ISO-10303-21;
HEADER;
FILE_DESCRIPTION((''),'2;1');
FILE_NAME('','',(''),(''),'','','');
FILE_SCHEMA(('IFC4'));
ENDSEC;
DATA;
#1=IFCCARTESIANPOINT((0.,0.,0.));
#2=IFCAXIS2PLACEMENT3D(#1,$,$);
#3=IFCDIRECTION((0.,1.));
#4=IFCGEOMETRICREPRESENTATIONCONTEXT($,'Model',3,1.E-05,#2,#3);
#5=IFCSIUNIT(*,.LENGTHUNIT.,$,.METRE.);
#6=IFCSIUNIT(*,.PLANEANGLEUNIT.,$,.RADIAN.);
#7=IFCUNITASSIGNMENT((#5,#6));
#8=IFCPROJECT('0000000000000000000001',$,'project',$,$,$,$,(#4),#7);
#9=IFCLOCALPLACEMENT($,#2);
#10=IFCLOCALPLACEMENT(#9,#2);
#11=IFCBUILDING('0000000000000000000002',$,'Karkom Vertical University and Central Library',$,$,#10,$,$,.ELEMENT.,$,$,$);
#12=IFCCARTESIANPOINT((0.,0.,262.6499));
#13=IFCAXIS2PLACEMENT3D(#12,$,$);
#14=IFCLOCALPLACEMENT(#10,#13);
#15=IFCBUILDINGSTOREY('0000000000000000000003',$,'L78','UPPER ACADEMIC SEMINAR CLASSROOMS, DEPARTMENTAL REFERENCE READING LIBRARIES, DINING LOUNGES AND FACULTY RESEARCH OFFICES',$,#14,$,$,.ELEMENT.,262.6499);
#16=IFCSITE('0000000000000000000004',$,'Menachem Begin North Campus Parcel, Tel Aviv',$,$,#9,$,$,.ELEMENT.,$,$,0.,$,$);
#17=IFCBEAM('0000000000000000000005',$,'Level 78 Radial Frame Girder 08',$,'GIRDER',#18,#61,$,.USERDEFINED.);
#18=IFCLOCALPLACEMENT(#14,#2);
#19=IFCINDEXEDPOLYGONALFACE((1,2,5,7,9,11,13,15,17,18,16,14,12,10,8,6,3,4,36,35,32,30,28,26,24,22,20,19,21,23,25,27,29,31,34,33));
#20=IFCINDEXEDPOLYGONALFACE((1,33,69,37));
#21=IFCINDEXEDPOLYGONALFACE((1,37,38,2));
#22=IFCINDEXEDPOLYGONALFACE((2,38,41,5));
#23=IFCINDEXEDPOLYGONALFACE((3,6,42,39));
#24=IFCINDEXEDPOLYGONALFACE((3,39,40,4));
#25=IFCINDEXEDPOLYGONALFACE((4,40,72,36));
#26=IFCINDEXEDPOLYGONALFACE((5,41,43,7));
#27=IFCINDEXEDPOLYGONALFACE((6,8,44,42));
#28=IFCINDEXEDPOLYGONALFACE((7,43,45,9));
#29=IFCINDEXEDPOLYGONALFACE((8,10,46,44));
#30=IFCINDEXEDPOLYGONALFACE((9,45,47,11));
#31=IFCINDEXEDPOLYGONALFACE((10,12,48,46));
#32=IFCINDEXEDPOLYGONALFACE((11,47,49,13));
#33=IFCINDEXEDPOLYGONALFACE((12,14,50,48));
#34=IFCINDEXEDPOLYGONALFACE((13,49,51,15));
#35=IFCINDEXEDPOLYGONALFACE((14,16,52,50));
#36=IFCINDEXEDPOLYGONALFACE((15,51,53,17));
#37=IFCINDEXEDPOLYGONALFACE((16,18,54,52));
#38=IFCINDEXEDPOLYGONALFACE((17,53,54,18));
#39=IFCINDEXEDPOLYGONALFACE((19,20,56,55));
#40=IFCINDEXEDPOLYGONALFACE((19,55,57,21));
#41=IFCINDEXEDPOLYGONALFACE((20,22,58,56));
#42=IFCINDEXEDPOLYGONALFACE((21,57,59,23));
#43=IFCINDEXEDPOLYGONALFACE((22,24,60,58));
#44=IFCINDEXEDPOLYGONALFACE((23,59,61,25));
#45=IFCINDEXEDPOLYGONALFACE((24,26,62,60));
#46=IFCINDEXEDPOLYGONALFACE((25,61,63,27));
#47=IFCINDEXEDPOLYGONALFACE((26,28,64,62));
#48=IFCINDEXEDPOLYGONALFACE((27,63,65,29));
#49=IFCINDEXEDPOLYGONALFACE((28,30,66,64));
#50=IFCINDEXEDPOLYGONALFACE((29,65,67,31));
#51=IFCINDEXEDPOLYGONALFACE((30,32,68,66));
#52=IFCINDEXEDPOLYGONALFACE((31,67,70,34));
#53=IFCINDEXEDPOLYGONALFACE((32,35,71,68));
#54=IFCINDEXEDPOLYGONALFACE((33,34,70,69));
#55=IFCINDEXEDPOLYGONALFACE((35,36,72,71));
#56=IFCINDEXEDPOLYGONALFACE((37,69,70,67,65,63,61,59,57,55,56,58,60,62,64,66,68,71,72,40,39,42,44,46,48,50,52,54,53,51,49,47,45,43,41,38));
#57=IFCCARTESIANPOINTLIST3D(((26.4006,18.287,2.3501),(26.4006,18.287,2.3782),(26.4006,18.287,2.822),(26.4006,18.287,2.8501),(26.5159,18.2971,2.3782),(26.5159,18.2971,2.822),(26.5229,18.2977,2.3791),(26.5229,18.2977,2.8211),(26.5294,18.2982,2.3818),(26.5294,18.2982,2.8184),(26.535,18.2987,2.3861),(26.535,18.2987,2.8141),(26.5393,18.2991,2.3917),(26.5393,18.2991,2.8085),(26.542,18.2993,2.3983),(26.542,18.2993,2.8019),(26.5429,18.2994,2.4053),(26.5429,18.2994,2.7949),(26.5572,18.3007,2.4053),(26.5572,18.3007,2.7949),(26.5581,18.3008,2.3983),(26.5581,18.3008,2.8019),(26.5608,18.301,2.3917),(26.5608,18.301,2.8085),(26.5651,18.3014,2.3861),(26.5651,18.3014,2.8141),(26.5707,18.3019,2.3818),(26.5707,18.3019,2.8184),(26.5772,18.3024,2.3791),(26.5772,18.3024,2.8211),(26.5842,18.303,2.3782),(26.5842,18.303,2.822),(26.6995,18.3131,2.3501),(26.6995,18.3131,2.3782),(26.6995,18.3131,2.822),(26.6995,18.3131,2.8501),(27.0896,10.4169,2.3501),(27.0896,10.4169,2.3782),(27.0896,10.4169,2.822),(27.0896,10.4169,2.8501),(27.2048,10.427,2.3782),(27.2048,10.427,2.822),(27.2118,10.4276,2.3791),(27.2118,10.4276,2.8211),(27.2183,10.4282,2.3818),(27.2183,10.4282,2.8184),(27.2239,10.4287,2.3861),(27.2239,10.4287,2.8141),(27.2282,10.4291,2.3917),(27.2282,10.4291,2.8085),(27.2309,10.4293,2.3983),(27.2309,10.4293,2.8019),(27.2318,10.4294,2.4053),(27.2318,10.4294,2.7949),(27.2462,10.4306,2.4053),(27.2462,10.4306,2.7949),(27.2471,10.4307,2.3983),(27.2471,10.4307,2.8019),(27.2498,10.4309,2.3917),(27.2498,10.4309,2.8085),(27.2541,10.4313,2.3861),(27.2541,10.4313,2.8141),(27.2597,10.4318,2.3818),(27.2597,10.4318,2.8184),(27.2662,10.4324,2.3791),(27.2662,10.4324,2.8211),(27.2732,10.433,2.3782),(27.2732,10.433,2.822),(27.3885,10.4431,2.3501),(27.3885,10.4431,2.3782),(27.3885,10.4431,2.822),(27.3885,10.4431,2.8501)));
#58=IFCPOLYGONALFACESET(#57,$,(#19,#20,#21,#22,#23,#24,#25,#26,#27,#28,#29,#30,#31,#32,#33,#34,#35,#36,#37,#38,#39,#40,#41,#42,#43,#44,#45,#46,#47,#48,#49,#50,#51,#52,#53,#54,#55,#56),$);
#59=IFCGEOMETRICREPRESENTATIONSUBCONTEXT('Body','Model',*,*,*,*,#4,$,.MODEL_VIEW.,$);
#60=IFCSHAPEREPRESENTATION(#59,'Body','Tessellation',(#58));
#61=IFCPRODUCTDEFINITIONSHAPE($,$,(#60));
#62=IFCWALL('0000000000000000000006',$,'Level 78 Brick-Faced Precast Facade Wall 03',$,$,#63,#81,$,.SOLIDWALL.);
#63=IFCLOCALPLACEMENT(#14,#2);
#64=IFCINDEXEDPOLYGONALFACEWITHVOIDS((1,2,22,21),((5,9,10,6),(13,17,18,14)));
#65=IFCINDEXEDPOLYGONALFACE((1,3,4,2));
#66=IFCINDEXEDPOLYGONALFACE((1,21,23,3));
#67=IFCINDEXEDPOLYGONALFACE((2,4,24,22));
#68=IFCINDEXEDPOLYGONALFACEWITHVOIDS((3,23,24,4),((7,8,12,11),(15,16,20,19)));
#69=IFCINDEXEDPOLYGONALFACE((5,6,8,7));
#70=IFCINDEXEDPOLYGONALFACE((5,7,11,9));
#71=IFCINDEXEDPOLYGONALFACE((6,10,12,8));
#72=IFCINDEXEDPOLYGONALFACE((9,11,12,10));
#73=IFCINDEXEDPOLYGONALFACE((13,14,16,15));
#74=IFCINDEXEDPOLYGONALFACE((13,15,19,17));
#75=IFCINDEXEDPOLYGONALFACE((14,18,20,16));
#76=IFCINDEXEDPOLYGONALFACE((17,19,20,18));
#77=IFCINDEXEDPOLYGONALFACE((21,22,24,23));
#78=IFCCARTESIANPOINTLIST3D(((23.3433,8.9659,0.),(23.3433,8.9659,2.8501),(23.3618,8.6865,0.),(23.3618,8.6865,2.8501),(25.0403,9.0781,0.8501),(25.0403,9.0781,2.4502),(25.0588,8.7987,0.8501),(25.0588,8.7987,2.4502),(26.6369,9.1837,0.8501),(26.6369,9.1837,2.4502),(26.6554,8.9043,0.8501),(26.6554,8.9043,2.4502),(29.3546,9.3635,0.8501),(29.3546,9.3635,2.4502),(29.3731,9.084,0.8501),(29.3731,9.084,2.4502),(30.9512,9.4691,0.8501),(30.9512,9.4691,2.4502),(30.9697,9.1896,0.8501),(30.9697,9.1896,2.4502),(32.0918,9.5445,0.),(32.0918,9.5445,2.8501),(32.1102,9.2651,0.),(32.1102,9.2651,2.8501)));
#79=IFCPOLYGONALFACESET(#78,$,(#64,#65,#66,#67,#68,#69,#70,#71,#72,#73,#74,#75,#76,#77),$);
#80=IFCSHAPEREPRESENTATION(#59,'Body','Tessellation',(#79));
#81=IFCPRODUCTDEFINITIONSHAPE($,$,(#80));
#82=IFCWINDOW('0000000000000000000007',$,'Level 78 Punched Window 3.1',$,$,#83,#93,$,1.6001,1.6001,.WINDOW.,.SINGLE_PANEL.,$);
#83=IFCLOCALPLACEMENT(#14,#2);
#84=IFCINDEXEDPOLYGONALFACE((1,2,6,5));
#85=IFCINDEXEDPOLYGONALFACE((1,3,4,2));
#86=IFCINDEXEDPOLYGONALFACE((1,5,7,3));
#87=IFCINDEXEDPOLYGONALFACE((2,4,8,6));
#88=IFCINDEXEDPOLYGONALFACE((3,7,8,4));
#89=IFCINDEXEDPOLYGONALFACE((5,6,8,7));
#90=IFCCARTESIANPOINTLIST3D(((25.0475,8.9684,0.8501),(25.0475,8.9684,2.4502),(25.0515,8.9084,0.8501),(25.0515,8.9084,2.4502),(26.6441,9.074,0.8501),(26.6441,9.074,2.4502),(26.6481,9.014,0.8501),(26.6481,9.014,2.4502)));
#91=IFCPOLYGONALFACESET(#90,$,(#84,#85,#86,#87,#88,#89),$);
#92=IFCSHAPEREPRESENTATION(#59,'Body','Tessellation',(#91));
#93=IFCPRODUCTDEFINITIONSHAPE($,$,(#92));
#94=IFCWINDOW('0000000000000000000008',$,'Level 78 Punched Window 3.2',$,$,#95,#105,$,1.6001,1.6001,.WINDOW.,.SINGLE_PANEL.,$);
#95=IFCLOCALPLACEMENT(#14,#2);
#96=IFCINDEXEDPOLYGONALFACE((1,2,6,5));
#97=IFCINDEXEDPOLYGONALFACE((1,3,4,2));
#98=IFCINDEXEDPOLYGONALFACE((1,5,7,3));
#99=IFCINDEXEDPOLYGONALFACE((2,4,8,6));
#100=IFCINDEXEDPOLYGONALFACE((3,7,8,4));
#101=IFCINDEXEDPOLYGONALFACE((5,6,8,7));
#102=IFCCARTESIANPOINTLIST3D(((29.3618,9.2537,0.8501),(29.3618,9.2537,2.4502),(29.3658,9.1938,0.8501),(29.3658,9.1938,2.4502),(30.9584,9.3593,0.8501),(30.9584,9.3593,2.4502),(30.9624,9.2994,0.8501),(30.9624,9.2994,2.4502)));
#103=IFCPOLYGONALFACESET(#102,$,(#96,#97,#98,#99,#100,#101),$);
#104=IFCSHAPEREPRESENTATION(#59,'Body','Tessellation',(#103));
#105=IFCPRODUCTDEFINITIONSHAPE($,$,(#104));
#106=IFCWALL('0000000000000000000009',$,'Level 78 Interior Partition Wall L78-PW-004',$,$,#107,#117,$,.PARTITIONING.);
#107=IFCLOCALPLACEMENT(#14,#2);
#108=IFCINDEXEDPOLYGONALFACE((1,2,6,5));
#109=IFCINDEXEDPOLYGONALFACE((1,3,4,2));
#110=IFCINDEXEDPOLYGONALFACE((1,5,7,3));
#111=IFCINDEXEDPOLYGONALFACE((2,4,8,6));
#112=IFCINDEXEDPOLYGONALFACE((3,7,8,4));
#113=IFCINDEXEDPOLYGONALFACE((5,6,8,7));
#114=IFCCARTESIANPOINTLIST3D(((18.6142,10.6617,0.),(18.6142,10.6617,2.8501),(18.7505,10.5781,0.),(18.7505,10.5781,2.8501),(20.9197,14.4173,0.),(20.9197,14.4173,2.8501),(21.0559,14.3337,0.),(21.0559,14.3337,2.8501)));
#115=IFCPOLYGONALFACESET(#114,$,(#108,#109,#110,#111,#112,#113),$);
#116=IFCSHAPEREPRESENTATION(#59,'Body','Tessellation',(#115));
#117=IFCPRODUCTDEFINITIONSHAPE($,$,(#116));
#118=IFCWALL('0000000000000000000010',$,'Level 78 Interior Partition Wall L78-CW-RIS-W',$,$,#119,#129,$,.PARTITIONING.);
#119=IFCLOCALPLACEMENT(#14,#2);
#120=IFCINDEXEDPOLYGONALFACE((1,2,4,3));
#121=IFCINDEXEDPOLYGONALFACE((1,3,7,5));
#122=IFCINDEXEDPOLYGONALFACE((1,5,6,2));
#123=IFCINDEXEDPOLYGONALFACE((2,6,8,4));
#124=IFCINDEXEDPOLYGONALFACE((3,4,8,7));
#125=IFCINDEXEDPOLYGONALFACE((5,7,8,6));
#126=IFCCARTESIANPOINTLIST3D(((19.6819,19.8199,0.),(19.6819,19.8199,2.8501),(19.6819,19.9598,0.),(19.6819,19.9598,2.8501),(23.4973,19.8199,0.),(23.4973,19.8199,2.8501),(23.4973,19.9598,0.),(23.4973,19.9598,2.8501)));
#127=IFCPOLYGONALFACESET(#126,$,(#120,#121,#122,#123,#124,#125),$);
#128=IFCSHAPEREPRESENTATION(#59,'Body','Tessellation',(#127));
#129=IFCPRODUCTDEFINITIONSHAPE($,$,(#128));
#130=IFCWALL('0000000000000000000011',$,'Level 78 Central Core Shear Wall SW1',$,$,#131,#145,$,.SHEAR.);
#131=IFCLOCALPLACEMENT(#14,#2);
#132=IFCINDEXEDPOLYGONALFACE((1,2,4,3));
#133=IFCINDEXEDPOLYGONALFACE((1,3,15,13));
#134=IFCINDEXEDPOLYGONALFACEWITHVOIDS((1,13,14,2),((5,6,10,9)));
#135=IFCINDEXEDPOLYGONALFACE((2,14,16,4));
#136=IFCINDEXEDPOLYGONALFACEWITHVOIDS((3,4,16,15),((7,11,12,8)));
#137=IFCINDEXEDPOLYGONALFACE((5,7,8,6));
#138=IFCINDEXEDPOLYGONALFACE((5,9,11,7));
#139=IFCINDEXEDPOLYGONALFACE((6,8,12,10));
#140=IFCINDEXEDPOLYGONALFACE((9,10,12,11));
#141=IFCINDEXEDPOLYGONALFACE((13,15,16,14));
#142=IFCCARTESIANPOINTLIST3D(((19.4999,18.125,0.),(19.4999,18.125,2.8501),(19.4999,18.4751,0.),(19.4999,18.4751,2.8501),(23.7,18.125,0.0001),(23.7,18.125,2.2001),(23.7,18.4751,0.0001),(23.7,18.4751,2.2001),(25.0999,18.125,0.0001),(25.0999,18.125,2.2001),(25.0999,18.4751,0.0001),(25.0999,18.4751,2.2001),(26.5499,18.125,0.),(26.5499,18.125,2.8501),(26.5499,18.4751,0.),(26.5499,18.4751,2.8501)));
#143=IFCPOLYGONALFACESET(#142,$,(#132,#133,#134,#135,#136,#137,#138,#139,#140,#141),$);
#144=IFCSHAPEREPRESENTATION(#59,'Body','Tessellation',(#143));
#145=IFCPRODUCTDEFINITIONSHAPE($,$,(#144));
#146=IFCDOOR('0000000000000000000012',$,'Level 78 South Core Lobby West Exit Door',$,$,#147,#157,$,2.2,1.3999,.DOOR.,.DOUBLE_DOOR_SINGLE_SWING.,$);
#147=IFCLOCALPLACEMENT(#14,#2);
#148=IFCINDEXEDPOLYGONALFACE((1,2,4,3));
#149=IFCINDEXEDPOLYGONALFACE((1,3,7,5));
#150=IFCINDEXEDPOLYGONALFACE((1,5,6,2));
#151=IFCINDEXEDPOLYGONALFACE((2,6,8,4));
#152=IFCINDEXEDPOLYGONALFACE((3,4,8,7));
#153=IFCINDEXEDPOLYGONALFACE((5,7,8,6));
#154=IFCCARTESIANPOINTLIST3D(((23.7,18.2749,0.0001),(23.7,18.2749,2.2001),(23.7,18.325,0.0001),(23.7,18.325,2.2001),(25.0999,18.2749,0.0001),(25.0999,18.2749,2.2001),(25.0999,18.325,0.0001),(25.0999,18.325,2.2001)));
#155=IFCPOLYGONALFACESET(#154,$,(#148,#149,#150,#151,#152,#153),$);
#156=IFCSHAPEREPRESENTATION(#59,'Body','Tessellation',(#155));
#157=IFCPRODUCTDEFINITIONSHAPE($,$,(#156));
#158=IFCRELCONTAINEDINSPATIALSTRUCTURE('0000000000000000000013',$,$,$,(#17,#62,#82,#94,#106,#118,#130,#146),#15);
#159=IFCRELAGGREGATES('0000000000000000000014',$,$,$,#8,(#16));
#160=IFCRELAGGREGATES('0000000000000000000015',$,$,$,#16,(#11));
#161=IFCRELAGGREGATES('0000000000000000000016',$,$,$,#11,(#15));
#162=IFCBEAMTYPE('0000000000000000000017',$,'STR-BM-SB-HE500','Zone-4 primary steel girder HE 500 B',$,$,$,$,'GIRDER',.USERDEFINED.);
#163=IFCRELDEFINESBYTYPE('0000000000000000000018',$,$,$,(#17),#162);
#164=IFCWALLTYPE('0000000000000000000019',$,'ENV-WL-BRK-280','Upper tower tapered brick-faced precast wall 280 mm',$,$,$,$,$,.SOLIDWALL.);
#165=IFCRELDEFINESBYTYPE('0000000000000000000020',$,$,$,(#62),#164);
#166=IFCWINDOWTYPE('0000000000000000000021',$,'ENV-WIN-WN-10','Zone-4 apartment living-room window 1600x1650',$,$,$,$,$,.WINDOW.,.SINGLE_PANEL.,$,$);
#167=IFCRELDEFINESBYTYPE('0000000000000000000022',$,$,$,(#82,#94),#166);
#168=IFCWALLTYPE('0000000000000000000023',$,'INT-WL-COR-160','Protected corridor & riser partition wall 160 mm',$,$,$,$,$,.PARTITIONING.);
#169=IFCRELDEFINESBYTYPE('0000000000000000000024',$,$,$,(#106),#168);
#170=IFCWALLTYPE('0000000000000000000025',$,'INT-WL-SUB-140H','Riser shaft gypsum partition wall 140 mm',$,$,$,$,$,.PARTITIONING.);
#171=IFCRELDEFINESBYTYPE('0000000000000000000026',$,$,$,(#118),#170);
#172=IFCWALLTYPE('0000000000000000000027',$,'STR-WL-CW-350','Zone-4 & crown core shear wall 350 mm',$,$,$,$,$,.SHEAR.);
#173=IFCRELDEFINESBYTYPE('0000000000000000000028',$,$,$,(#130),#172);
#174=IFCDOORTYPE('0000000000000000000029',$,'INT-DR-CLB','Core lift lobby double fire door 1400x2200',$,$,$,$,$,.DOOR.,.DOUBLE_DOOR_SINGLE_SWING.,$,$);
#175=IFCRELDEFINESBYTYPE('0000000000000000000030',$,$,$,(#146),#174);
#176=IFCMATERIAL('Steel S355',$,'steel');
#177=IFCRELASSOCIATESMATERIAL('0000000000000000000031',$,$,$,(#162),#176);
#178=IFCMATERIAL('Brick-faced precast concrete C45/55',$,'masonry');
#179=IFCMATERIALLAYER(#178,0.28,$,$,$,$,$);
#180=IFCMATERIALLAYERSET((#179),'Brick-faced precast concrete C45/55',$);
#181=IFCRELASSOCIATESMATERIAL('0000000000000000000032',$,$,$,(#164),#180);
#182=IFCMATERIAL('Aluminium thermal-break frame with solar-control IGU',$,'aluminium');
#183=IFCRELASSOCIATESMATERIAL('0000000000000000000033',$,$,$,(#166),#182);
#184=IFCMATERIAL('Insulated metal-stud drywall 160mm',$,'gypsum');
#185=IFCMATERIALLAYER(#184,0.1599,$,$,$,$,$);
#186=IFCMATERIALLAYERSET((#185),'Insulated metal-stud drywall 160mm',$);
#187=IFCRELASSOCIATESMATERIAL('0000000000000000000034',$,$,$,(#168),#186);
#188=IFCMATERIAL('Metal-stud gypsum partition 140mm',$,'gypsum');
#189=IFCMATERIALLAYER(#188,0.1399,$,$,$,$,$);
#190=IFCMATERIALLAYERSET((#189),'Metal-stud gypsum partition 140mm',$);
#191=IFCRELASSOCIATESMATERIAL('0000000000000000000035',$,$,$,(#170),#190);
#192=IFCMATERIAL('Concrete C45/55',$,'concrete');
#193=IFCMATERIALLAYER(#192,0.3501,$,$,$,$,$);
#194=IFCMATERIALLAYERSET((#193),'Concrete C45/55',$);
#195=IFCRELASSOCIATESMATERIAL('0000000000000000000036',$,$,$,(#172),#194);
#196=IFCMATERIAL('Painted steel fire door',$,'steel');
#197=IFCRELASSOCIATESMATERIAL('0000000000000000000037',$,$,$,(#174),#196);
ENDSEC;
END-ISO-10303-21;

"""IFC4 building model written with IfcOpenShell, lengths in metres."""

from ifc_helpers import new_model, si_unit, direction, frame, frame_2d, origin, origin_with_axes, origin_2d, place, context, subcontext, project, spatial, rectangle, i_section, extrude, source, transform, mapped, material, layer, layer_set, material_profile, profile_set, type_object, element, fill, save


model = new_model("IFC4")

# Units and contexts
model_context = context("Model", 3, precision=1e-05, world=origin(), true_north=direction((0.0, 1.0)))
body_context = subcontext(model_context, "Body", "Model", "MODEL_VIEW")
ifc_project = project(units=[si_unit("LENGTHUNIT", "METRE"), si_unit("PLANEANGLEUNIT", "RADIAN")], contexts=[model_context])

# Site, building, storey
site_placement = place(None, origin())
site = spatial("IfcSite", under=ifc_project, at=site_placement, Name="Menachem Begin North Campus Parcel, Tel Aviv", CompositionType="ELEMENT", RefElevation=0.0)
building_placement = place(site_placement, origin())
building = spatial("IfcBuilding", under=site, at=building_placement, Name="Karkom Vertical University and Central Library", CompositionType="ELEMENT")
storey_placement = place(building_placement, frame((0.0, 0.0, 262.6499)))
storey = spatial("IfcBuildingStorey", under=building, at=storey_placement, Name="L78", Description="UPPER ACADEMIC SEMINAR CLASSROOMS, DEPARTMENTAL REFERENCE READING LIBRARIES, DINING LOUNGES AND FACULTY RESEARCH OFFICES", CompositionType="ELEMENT", Elevation=262.6499)

# Shared definitions
ifc_material_1 = material(Name="Concrete C45/55", Category="concrete")

# Beam
ifc_material_2 = material(Name="Steel S355", Category="steel")
ifc_material_profile_1 = material_profile(ifc_material_2, i_section(OverallWidth=0.3, OverallDepth=0.5, WebThickness=0.0144, FlangeThickness=0.0281, FilletRadius=0.0271, at=origin_2d()), Name="HE 500 B")
ifc_profile_set_1 = profile_set([ifc_material_profile_1], Name="Steel S355")
beam_type_1 = type_object("IfcBeamType", Name="STR-BM-SB-HE500", Description="Zone-4 primary steel girder HE 500 B", ElementType="GIRDER", PredefinedType="USERDEFINED", material=ifc_profile_set_1)
shared_shape_1 = source(origin_with_axes(), body_context, "Body", "SweptSolid", [
    extrude(i_section(OverallWidth=0.3, OverallDepth=0.5, WebThickness=0.0144, FlangeThickness=0.0281, FilletRadius=0.0271, at=origin_2d()), origin(), (0.0, 0.0, 1.0), 7.9001),
])
beam_1_placement = place(storey_placement, frame((26.55, 18.3, 2.6001), z_axis=(0.087208, -0.99619, 0.0), x_axis=(0.99619, 0.087208, 0.0)))
element("IfcBeam", 1, at=beam_1_placement, inside=storey, type_object=beam_type_1, Name="Level 78 Radial Frame Girder 08", ObjectType="GIRDER", PredefinedType="USERDEFINED", context=body_context, shape_type="MappedRepresentation", body=[
    mapped(shared_shape_1, transform((0.0, 0.0, 0.0), scale=1.0)),
])

# Wall, openings, windows
ifc_material_3 = material(Name="Brick-faced precast concrete C45/55", Category="masonry")
ifc_layer_1 = layer(ifc_material_3, 0.28)
ifc_layer_set_1 = layer_set([ifc_layer_1], Name="Brick-faced precast concrete C45/55")
wall_type_1 = type_object("IfcWallType", Name="ENV-WL-BRK-280", Description="Upper tower tapered brick-faced precast wall 280 mm", PredefinedType="SOLIDWALL", material=ifc_layer_set_1)
wall_1_placement = place(storey_placement, frame((23.3525, 8.8262, 0.0), z_axis=(0.0, 0.0, 1.0), x_axis=(0.99782, 0.065994, 0.0)))
wall_1 = element("IfcWall", 2, at=wall_1_placement, inside=storey, type_object=wall_type_1, Name="Level 78 Brick-Faced Precast Facade Wall 03", PredefinedType="SOLIDWALL", context=body_context, shape_type="SweptSolid", body=[
    extrude(rectangle(XDim=8.7676, YDim=0.28, at=frame_2d((4.3838, 0.0))), origin(), (0.0, 0.0, 1.0), 2.8501),
])
opening_1_placement = place(wall_1_placement, frame((1.7007, 0.0, 0.8501)))
opening_1 = element("IfcOpeningElement", 3, at=opening_1_placement, cuts=wall_1, PredefinedType="OPENING", context=body_context, shape_type="SweptSolid", body=[
    extrude(rectangle(XDim=1.6001, YDim=1.6001, at=frame_2d((0.8, 0.8))), frame((0.0, 0.1499, 0.0), z_axis=(0.0, -1.0, 0.0), x_axis=(1.0, 0.0, 0.0)), (0.0, 0.0, 1.0), 0.3),
])
opening_2_placement = place(wall_1_placement, frame((6.0244, 0.0, 0.8501)))
opening_2 = element("IfcOpeningElement", 4, at=opening_2_placement, cuts=wall_1, PredefinedType="OPENING", context=body_context, shape_type="SweptSolid", body=[
    extrude(rectangle(XDim=1.6001, YDim=1.6001, at=frame_2d((0.8, 0.8))), frame((0.0, 0.1499, 0.0), z_axis=(0.0, -1.0, 0.0), x_axis=(1.0, 0.0, 0.0)), (0.0, 0.0, 1.0), 0.3),
])
ifc_material_4 = material(Name="Aluminium thermal-break frame with solar-control IGU", Category="aluminium")
window_type = type_object("IfcWindowType", Name="ENV-WIN-WN-10", Description="Zone-4 apartment living-room window 1600x1650", PartitioningType="SINGLE_PANEL", PredefinedType="WINDOW", material=ifc_material_4)
shared_shape_2 = source(origin_with_axes(), body_context, "Body", "SweptSolid", [
    extrude(rectangle(XDim=1.6001, YDim=1.6001, at=frame_2d((0.8, 0.8))), frame((0.0, 0.03, 0.0), z_axis=(0.0, -1.0, 0.0), x_axis=(1.0, 0.0, 0.0)), (0.0, 0.0, 1.0), 0.0601),
])
window_1_placement = place(opening_1_placement, origin())
window_1 = element("IfcWindow", 5, at=window_1_placement, inside=storey, type_object=window_type, Name="Level 78 Punched Window 3.1", OverallHeight=1.6001, OverallWidth=1.6001, PartitioningType="SINGLE_PANEL", PredefinedType="WINDOW", context=body_context, shape_type="MappedRepresentation", body=[
    mapped(shared_shape_2, transform((0.0, 0.0, 0.0), scale=1.0)),
])
fill(opening_1, window_1)
window_2_placement = place(opening_2_placement, origin())
window_2 = element("IfcWindow", 6, at=window_2_placement, inside=storey, type_object=window_type, Name="Level 78 Punched Window 3.2", OverallHeight=1.6001, OverallWidth=1.6001, PartitioningType="SINGLE_PANEL", PredefinedType="WINDOW", context=body_context, shape_type="MappedRepresentation", body=[
    mapped(shared_shape_2, transform((0.0, 0.0, 0.0), scale=1.0)),
])
fill(opening_2, window_2)

# Walls
ifc_material_5 = material(Name="Insulated metal-stud drywall 160mm", Category="gypsum")
ifc_layer_2 = layer(ifc_material_5, 0.1599)
ifc_layer_set_2 = layer_set([ifc_layer_2], Name="Insulated metal-stud drywall 160mm")
wall_type_2 = type_object("IfcWallType", Name="INT-WL-COR-160", Description="Protected corridor & riser partition wall 160 mm", PredefinedType="PARTITIONING", material=ifc_layer_set_2)
wall_2_placement = place(storey_placement, frame((20.9878, 14.3755, 0.0), z_axis=(0.0, 0.0, 1.0), x_axis=(-0.523154, -0.852238, 0.0)))
element("IfcWall", 7, at=wall_2_placement, inside=storey, type_object=wall_type_2, Name="Level 78 Interior Partition Wall L78-PW-004", PredefinedType="PARTITIONING", context=body_context, shape_type="SweptSolid", body=[
    extrude(rectangle(XDim=4.4067, YDim=0.1599, at=frame_2d((2.2034, 0.0))), origin(), (0.0, 0.0, 1.0), 2.8501),
])
ifc_material_6 = material(Name="Metal-stud gypsum partition 140mm", Category="gypsum")
ifc_layer_3 = layer(ifc_material_6, 0.1399)
ifc_layer_set_3 = layer_set([ifc_layer_3], Name="Metal-stud gypsum partition 140mm")
wall_type_3 = type_object("IfcWallType", Name="INT-WL-SUB-140H", Description="Riser shaft gypsum partition wall 140 mm", PredefinedType="PARTITIONING", material=ifc_layer_set_3)
wall_3_placement = place(storey_placement, frame((19.6819, 19.8899, 0.0), z_axis=(0.0, 0.0, 1.0), x_axis=(1.0, 0.0, 0.0)))
element("IfcWall", 8, at=wall_3_placement, inside=storey, type_object=wall_type_3, Name="Level 78 Interior Partition Wall L78-CW-RIS-W", PredefinedType="PARTITIONING", context=body_context, shape_type="SweptSolid", body=[
    extrude(rectangle(XDim=3.8154, YDim=0.1399, at=frame_2d((1.9077, 0.0))), origin(), (0.0, 0.0, 1.0), 2.8501),
])

# Wall, opening, door
ifc_layer_4 = layer(ifc_material_1, 0.3501)
ifc_layer_set_4 = layer_set([ifc_layer_4], Name="Concrete C45/55")
wall_type_4 = type_object("IfcWallType", Name="STR-WL-CW-350", Description="Zone-4 & crown core shear wall 350 mm", PredefinedType="SHEAR", material=ifc_layer_set_4)
wall_4_placement = place(storey_placement, frame((19.5, 18.3, 0.0), z_axis=(0.0, 0.0, 1.0), x_axis=(1.0, 0.0, 0.0)))
wall_4 = element("IfcWall", 9, at=wall_4_placement, inside=storey, type_object=wall_type_4, Name="Level 78 Central Core Shear Wall SW1", PredefinedType="SHEAR", context=body_context, shape_type="SweptSolid", body=[
    extrude(rectangle(XDim=7.05, YDim=0.3501, at=frame_2d((3.5249, 0.0))), origin(), (0.0, 0.0, 1.0), 2.8501),
])
opening_3_placement = place(wall_4_placement, frame((4.2, 0.0, 0.0)))
opening_3 = element("IfcOpeningElement", 10, at=opening_3_placement, cuts=wall_4, PredefinedType="OPENING", context=body_context, shape_type="SweptSolid", body=[
    extrude(rectangle(XDim=1.3999, YDim=2.2, at=frame_2d((0.7, 1.1001))), frame((0.0, 0.1851, 0.0), z_axis=(0.0, -1.0, 0.0), x_axis=(1.0, 0.0, 0.0)), (0.0, 0.0, 1.0), 0.3701),
])
ifc_material_7 = material(Name="Painted steel fire door", Category="steel")
door_type_1 = type_object("IfcDoorType", Name="INT-DR-CLB", Description="Core lift lobby double fire door 1400x2200", OperationType="DOUBLE_DOOR_SINGLE_SWING", PredefinedType="DOOR", material=ifc_material_7)
shared_shape_3 = source(origin_with_axes(), body_context, "Body", "SweptSolid", [
    extrude(rectangle(XDim=1.3999, YDim=2.2, at=frame_2d((0.7, 1.1001))), frame((0.0, 0.0249, 0.0), z_axis=(0.0, -1.0, 0.0), x_axis=(1.0, 0.0, 0.0)), (0.0, 0.0, 1.0), 0.05),
])
door_1_placement = place(opening_3_placement, origin())
door_1 = element("IfcDoor", 11, at=door_1_placement, inside=storey, type_object=door_type_1, Name="Level 78 South Core Lobby West Exit Door", OperationType="DOUBLE_DOOR_SINGLE_SWING", OverallHeight=2.2, OverallWidth=1.3999, PredefinedType="DOOR", context=body_context, shape_type="MappedRepresentation", body=[
    mapped(shared_shape_3, transform((0.0, 0.0, 0.0), scale=1.0)),
])
fill(opening_3, door_1)

save(model, "model.ifc")
